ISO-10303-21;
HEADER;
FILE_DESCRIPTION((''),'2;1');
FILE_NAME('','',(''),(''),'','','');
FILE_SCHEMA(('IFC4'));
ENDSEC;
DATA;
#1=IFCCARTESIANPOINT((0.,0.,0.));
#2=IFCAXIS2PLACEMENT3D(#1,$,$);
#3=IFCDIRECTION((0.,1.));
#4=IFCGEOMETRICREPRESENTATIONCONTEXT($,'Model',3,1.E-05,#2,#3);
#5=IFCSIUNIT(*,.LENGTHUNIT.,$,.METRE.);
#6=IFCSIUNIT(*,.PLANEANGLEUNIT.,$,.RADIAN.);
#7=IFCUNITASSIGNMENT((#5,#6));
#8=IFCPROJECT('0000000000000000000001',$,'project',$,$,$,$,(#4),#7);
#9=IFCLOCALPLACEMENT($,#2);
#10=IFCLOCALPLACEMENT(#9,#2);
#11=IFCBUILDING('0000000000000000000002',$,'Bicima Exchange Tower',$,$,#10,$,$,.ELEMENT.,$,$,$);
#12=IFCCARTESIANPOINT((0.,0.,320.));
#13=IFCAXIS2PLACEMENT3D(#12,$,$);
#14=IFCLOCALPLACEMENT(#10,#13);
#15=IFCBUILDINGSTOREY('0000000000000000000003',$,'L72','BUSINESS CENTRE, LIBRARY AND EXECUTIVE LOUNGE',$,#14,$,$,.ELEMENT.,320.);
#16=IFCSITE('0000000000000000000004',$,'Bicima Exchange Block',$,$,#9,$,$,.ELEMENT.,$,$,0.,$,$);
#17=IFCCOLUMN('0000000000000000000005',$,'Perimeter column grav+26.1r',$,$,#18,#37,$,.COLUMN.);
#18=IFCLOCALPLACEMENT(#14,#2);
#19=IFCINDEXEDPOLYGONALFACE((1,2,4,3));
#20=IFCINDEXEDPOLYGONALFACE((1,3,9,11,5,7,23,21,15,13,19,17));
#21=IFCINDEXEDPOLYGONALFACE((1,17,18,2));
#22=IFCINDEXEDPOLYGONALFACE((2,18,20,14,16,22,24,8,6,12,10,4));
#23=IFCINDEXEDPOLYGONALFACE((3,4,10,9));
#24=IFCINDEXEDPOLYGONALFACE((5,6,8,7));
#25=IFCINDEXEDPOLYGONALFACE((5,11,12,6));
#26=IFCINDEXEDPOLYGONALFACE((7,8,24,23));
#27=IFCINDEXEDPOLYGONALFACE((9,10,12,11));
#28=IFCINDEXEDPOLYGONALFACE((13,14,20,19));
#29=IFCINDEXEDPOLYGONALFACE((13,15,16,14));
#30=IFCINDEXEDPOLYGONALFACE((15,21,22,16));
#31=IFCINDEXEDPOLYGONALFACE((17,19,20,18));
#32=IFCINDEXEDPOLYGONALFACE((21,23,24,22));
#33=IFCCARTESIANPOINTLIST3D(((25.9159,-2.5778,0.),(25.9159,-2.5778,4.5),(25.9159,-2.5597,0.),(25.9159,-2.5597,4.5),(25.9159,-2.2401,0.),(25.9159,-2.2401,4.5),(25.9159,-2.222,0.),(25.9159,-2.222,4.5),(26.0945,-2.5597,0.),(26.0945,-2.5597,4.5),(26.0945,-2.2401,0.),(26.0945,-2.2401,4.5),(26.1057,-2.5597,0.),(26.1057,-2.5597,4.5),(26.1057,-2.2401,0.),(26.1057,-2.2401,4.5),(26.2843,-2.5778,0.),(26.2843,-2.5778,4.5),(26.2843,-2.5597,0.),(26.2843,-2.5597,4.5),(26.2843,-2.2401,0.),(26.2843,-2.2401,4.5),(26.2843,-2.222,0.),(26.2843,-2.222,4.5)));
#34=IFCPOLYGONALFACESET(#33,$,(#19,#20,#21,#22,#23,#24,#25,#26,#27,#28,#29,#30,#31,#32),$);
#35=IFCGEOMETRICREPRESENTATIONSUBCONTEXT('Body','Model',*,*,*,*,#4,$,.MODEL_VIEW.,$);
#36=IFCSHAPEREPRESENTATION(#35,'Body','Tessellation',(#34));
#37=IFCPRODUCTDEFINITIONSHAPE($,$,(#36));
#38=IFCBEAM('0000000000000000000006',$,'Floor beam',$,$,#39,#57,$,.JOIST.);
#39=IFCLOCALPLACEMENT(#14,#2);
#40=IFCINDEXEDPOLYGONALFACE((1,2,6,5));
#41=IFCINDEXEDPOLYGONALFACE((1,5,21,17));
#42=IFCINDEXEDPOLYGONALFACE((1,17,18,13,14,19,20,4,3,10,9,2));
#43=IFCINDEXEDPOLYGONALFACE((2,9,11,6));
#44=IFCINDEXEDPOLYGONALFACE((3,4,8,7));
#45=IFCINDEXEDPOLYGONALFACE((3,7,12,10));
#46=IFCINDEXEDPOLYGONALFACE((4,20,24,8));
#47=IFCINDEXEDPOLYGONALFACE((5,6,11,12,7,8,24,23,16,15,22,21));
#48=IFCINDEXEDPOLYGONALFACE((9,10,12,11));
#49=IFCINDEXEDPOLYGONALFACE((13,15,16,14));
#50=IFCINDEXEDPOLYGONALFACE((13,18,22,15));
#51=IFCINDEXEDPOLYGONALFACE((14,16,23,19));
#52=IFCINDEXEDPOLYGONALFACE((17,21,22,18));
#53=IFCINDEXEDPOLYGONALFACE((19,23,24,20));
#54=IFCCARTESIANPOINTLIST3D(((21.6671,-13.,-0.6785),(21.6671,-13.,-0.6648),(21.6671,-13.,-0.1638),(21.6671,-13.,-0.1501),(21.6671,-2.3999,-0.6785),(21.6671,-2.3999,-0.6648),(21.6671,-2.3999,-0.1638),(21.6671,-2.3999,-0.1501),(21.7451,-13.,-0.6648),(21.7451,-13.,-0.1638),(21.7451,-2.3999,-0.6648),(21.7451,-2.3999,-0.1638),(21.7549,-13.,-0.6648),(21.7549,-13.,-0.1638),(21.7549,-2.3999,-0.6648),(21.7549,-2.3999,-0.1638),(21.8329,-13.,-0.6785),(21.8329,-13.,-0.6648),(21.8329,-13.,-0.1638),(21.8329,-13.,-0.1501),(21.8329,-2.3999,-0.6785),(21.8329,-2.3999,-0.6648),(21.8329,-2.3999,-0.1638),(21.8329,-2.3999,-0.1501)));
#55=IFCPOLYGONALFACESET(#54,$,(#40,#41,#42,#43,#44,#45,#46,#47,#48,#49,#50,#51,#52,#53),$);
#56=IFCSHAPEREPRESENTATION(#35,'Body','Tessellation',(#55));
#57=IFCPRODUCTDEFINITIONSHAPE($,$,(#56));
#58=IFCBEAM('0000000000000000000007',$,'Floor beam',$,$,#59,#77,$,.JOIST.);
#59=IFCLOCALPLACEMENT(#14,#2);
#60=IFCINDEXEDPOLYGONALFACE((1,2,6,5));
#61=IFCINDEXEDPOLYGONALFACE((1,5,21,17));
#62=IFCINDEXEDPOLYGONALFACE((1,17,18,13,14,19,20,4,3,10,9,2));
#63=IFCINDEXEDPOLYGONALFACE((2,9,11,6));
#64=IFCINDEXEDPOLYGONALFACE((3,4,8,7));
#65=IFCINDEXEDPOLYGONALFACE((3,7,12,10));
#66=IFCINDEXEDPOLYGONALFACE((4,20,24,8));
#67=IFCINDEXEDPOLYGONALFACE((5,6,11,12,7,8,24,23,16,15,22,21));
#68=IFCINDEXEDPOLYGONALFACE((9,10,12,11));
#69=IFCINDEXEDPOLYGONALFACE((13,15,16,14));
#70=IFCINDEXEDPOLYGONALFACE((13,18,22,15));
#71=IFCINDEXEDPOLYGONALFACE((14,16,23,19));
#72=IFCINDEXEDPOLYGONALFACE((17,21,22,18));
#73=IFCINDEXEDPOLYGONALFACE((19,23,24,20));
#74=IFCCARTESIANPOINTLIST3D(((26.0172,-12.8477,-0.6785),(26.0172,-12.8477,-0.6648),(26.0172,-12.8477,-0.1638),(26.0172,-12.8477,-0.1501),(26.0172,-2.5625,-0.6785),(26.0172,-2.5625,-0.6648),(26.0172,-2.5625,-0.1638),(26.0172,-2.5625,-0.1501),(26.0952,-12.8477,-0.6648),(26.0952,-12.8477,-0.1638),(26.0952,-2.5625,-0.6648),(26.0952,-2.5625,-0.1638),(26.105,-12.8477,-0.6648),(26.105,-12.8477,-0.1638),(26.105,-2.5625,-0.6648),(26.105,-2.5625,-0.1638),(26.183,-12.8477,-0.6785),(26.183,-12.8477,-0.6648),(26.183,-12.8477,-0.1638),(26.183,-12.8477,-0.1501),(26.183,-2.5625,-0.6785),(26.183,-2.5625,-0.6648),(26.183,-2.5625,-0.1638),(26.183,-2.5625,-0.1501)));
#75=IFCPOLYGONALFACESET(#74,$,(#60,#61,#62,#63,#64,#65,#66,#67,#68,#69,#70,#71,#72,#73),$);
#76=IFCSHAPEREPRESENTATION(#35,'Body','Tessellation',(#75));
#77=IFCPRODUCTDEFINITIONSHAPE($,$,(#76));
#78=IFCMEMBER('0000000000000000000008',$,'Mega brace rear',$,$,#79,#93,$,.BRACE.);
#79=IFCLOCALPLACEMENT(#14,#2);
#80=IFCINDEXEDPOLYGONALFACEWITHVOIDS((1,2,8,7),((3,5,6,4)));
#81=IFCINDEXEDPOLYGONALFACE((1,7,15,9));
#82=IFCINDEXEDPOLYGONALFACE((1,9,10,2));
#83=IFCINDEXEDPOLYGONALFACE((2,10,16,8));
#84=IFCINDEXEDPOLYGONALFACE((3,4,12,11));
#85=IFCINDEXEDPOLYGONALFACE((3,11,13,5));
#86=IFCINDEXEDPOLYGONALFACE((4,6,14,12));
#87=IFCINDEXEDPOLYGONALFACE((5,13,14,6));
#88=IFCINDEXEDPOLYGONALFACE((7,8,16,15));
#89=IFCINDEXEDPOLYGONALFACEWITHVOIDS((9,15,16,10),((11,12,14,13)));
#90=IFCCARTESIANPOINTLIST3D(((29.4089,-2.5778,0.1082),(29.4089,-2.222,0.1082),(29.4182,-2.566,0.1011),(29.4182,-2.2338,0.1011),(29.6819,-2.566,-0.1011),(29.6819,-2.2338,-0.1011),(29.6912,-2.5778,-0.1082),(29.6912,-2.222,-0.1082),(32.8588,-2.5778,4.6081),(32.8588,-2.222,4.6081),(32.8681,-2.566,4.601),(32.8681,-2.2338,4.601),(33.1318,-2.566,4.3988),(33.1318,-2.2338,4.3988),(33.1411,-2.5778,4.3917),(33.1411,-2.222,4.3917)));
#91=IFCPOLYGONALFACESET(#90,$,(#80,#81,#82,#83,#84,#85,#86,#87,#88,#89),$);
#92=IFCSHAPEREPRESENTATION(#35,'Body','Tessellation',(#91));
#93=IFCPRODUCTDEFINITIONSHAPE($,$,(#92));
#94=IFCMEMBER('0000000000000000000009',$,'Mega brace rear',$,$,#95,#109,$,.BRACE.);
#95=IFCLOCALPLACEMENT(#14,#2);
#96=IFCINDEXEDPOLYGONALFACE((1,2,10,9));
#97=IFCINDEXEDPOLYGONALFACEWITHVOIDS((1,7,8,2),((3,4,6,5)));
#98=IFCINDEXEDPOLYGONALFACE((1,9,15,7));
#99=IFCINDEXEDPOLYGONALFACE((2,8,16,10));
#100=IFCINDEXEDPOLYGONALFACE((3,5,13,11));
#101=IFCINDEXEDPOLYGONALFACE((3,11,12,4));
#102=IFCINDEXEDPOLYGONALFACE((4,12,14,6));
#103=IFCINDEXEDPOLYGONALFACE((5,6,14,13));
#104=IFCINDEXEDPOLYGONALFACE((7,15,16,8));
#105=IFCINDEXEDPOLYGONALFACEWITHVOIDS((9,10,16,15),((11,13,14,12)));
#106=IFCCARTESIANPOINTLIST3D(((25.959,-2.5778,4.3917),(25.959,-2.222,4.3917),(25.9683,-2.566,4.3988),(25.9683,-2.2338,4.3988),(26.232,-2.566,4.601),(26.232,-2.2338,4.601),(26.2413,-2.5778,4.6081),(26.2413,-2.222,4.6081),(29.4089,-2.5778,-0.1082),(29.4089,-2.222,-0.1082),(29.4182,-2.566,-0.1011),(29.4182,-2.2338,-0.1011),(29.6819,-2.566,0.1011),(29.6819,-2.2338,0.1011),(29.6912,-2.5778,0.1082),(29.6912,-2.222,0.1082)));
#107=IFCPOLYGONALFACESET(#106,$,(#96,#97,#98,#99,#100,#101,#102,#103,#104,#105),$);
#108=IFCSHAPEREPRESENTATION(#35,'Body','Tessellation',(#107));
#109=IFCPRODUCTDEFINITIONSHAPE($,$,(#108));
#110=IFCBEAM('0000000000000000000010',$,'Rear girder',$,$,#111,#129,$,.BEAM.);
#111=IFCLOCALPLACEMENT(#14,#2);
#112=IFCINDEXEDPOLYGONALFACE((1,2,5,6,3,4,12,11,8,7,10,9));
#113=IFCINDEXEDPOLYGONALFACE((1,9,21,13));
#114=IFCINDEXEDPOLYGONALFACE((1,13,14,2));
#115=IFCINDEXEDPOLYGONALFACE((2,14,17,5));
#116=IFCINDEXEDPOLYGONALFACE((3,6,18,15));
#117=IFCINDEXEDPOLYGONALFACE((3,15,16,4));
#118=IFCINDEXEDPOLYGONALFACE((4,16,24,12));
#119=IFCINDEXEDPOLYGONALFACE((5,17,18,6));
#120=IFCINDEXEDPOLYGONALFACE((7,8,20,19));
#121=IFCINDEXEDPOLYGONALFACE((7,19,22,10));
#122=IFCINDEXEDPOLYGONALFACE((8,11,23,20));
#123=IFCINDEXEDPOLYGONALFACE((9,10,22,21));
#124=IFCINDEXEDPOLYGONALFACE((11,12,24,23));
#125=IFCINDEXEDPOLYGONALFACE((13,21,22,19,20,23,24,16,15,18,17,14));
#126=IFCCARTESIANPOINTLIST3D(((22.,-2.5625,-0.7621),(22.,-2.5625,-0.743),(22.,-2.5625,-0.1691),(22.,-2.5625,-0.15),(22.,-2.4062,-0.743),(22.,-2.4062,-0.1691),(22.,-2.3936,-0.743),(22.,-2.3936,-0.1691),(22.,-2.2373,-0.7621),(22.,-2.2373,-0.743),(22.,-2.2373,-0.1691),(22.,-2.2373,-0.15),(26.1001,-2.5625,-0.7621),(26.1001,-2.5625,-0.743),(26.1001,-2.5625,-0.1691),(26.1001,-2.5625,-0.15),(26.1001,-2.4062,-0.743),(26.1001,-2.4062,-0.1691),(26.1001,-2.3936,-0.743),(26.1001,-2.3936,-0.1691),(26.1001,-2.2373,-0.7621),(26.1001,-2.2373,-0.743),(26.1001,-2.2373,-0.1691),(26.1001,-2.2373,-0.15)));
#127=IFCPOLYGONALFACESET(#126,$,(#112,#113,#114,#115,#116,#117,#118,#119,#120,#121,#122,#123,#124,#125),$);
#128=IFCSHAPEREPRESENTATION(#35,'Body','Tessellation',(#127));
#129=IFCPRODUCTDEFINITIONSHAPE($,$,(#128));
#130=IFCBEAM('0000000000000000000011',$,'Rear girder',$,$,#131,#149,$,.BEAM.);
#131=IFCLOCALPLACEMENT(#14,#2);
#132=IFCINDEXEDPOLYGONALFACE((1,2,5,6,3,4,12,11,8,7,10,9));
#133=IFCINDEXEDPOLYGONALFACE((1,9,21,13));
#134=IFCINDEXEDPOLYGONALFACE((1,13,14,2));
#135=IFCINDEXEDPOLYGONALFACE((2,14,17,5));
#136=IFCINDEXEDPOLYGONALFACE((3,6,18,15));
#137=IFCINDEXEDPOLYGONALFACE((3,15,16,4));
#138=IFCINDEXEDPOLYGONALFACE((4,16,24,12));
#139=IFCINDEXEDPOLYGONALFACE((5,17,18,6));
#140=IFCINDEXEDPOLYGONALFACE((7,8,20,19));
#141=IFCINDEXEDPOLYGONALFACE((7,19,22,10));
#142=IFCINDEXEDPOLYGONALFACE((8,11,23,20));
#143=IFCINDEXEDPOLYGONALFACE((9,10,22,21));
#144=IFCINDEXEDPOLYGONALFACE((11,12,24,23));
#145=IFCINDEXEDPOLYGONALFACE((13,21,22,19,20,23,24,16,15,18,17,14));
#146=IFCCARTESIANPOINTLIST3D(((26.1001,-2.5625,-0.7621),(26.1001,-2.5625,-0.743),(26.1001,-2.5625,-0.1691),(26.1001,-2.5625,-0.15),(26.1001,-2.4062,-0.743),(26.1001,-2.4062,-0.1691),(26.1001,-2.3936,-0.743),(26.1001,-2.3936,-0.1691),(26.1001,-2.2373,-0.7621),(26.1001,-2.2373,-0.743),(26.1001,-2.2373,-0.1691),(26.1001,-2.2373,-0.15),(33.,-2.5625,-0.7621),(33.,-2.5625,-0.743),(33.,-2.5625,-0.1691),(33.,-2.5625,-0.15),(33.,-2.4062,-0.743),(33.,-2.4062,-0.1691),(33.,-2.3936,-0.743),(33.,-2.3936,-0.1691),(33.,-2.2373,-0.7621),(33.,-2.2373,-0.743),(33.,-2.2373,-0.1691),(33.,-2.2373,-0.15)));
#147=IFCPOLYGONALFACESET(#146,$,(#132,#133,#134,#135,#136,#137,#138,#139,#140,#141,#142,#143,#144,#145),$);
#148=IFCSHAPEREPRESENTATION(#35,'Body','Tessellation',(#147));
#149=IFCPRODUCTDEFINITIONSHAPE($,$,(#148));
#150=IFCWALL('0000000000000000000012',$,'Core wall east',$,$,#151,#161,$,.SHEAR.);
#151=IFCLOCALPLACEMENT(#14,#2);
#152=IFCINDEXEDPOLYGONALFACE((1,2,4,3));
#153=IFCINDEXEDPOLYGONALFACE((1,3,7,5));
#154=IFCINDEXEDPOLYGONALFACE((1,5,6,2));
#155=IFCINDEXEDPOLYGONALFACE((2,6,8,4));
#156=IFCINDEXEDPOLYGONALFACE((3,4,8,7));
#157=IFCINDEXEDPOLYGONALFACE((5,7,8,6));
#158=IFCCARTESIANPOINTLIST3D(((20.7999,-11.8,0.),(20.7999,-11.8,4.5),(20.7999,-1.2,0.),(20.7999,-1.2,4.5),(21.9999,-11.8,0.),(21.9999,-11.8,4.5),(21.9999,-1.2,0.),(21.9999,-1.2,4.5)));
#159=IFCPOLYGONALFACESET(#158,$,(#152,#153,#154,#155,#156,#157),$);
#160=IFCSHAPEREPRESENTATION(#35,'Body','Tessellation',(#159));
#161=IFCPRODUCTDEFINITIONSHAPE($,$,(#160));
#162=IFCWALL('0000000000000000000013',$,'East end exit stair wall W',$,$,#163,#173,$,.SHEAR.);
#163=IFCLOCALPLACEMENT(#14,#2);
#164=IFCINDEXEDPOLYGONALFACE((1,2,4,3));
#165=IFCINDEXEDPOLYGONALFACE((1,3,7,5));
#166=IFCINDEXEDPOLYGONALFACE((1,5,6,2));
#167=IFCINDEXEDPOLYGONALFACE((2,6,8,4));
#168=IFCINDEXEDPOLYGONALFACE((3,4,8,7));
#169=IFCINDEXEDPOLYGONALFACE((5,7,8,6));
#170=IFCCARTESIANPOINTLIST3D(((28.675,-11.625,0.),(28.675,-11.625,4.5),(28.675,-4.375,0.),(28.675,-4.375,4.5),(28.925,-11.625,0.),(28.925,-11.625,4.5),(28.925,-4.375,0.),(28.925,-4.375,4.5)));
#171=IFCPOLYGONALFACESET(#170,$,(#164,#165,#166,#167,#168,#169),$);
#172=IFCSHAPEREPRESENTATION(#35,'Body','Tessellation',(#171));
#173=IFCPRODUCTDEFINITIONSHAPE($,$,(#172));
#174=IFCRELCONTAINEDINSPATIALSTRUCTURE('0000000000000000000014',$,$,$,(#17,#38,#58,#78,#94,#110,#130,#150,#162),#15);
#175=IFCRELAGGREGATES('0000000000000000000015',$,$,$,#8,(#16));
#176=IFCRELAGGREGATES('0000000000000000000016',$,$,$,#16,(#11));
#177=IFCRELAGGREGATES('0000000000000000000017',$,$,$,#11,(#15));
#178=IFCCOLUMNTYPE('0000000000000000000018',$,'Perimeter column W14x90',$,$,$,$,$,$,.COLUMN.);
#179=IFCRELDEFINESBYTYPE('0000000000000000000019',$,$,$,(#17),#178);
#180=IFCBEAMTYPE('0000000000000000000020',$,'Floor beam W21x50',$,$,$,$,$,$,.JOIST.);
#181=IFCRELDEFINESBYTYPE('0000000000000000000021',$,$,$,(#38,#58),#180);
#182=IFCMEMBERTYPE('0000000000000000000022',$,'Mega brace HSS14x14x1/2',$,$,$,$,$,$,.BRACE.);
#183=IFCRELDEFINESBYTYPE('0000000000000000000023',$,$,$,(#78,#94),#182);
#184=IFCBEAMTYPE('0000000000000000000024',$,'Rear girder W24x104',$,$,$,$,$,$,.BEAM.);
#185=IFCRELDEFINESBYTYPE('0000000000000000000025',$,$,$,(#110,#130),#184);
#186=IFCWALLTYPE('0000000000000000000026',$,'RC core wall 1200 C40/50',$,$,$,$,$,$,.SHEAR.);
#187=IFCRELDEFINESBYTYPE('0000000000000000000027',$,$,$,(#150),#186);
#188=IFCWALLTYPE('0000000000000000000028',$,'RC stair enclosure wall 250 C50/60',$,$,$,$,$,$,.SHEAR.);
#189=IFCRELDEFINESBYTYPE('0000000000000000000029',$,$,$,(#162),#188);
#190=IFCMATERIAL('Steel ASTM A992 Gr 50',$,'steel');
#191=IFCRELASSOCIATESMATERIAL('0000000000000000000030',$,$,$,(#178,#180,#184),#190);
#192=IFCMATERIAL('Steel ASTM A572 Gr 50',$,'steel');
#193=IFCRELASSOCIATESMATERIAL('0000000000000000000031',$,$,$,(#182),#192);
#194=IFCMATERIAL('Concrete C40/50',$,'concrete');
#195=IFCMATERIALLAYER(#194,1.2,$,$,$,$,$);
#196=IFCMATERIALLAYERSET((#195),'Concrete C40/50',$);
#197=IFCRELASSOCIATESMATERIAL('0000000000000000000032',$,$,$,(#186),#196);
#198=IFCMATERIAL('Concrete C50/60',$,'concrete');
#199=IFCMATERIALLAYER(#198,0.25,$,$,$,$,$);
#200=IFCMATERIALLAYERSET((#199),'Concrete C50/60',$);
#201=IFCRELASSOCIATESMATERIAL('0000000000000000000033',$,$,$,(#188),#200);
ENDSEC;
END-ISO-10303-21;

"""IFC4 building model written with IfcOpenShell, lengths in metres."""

from ifc_helpers import new_model, si_unit, direction, frame, frame_2d, origin, origin_2d, place, context, subcontext, project, spatial, rectangle, hollow_rectangle, i_section, extrude, material, layer, layer_set, material_profile, profile_set, type_object, element, save


model = new_model("IFC4")

# Units and contexts
model_context = context("Model", 3, precision=1e-05, world=origin(), true_north=direction((0.0, 1.0)))
body_context = subcontext(model_context, "Body", "Model", "MODEL_VIEW")
ifc_project = project(units=[si_unit("LENGTHUNIT", "METRE"), si_unit("PLANEANGLEUNIT", "RADIAN")], contexts=[model_context])

# Site, building, storey
site_placement = place(None, origin())
site = spatial("IfcSite", under=ifc_project, at=site_placement, Name="Bicima Exchange Block", CompositionType="ELEMENT", RefElevation=0.0)
building_placement = place(site_placement, origin())
building = spatial("IfcBuilding", under=site, at=building_placement, Name="Bicima Exchange Tower", CompositionType="ELEMENT")
storey_placement = place(building_placement, frame((0.0, 0.0, 320.0)))
storey = spatial("IfcBuildingStorey", under=building, at=storey_placement, Name="L72", Description="BUSINESS CENTRE, LIBRARY AND EXECUTIVE LOUNGE", CompositionType="ELEMENT", Elevation=320.0)

# Column
ifc_material_1 = material(Name="Steel ASTM A992 Gr 50", Category="steel")
ifc_material_profile_1 = material_profile(ifc_material_1, i_section(OverallWidth=0.3684, OverallDepth=0.3557, WebThickness=0.0112, FlangeThickness=0.0181, at=origin_2d()))
ifc_profile_set_1 = profile_set([ifc_material_profile_1], Name="Steel ASTM A992 Gr 50")
column_type = type_object("IfcColumnType", Name="Perimeter column W14x90", PredefinedType="COLUMN", material=ifc_profile_set_1)
column_placement = place(storey_placement, frame((26.1001, -2.3999, 0.0), z_axis=(0.0, 0.0, 1.0), x_axis=(1.0, 0.0, 0.0)))
element("IfcColumn", 1, at=column_placement, inside=storey, type_object=column_type, Name="Perimeter column grav+26.1r", PredefinedType="COLUMN", context=body_context, shape_type="SweptSolid", body=[
    extrude(i_section(OverallWidth=0.3684, OverallDepth=0.3557, WebThickness=0.0112, FlangeThickness=0.0181, at=origin_2d()), origin(), (0.0, 0.0, 1.0), 4.5),
])

# Beams
ifc_material_profile_2 = material_profile(ifc_material_1, i_section(OverallWidth=0.1658, OverallDepth=0.5283, WebThickness=0.0098, FlangeThickness=0.0137, at=origin_2d()))
ifc_profile_set_2 = profile_set([ifc_material_profile_2], Name="Steel ASTM A992 Gr 50")
beam_type_1 = type_object("IfcBeamType", Name="Floor beam W21x50", PredefinedType="JOIST", material=ifc_profile_set_2)
beam_1_placement = place(storey_placement, frame((21.75, -2.3999, -0.4143), z_axis=(0.0, -1.0, 0.0), x_axis=(1.0, 0.0, 0.0)))
element("IfcBeam", 2, at=beam_1_placement, inside=storey, type_object=beam_type_1, Name="Floor beam", PredefinedType="JOIST", context=body_context, shape_type="SweptSolid", body=[
    extrude(i_section(OverallWidth=0.1658, OverallDepth=0.5283, WebThickness=0.0098, FlangeThickness=0.0137, at=origin_2d()), origin(), (0.0, 0.0, 1.0), 10.6001),
])
beam_2_placement = place(storey_placement, frame((26.1001, -2.5625, -0.4143), z_axis=(0.0, -1.0, 0.0), x_axis=(1.0, 0.0, 0.0)))
element("IfcBeam", 3, at=beam_2_placement, inside=storey, type_object=beam_type_1, Name="Floor beam", PredefinedType="JOIST", context=body_context, shape_type="SweptSolid", body=[
    extrude(i_section(OverallWidth=0.1658, OverallDepth=0.5283, WebThickness=0.0098, FlangeThickness=0.0137, at=origin_2d()), origin(), (0.0, 0.0, 1.0), 10.2852),
])

# Members
ifc_material_2 = material(Name="Steel ASTM A572 Gr 50", Category="steel")
ifc_material_profile_3 = material_profile(ifc_material_2, hollow_rectangle(XDim=0.3557, YDim=0.3557, WallThickness=0.0117, at=origin_2d()))
ifc_profile_set_3 = profile_set([ifc_material_profile_3], Name="Steel ASTM A572 Gr 50")
member_type = type_object("IfcMemberType", Name="Mega brace HSS14x14x1/2", PredefinedType="BRACE", material=ifc_profile_set_3)
for number, where, z_axis, x_axis, name in (
    (4, (29.55, -2.3999, 0.0), (0.608426, 0.0, 0.793611), (0.0, 1.0, 0.0), "Mega brace rear"),
    (5, (29.55, -2.3999, 0.0), (-0.608426, 0.0, 0.793611), (0.0, -1.0, 0.0), "Mega brace rear"),
):
    element("IfcMember", number, at=place(storey_placement, frame(where, z_axis=z_axis, x_axis=x_axis)), inside=storey, type_object=member_type, Name=name, PredefinedType="BRACE", context=body_context, shape_type="SweptSolid", body=[
        extrude(hollow_rectangle(XDim=0.3557, YDim=0.3557, WallThickness=0.0117, at=origin_2d()), origin(), (0.0, 0.0, 1.0), 5.6702),
    ])

# Beams
ifc_material_profile_4 = material_profile(ifc_material_1, i_section(OverallWidth=0.3252, OverallDepth=0.6121, WebThickness=0.0127, FlangeThickness=0.019, at=origin_2d()))
ifc_profile_set_4 = profile_set([ifc_material_profile_4], Name="Steel ASTM A992 Gr 50")
beam_type_2 = type_object("IfcBeamType", Name="Rear girder W24x104", PredefinedType="BEAM", material=ifc_profile_set_4)
beam_3_placement = place(storey_placement, frame((22.0, -2.3999, -0.4561), z_axis=(1.0, 0.0, 0.0), x_axis=(0.0, 1.0, 0.0)))
element("IfcBeam", 6, at=beam_3_placement, inside=storey, type_object=beam_type_2, Name="Rear girder", PredefinedType="BEAM", context=body_context, shape_type="SweptSolid", body=[
    extrude(i_section(OverallWidth=0.3252, OverallDepth=0.6121, WebThickness=0.0127, FlangeThickness=0.019, at=origin_2d()), origin(), (0.0, 0.0, 1.0), 4.1001),
])
beam_4_placement = place(storey_placement, frame((26.1001, -2.3999, -0.4561), z_axis=(1.0, 0.0, 0.0), x_axis=(0.0, 1.0, 0.0)))
element("IfcBeam", 7, at=beam_4_placement, inside=storey, type_object=beam_type_2, Name="Rear girder", PredefinedType="BEAM", context=body_context, shape_type="SweptSolid", body=[
    extrude(i_section(OverallWidth=0.3252, OverallDepth=0.6121, WebThickness=0.0127, FlangeThickness=0.019, at=origin_2d()), origin(), (0.0, 0.0, 1.0), 6.8999),
])

# Walls
ifc_material_3 = material(Name="Concrete C40/50", Category="concrete")
ifc_layer_1 = layer(ifc_material_3, 1.2)
ifc_layer_set_1 = layer_set([ifc_layer_1], Name="Concrete C40/50")
wall_type_1 = type_object("IfcWallType", Name="RC core wall 1200 C40/50", PredefinedType="SHEAR", material=ifc_layer_set_1)
wall_1_placement = place(storey_placement, frame((21.3999, -11.8, 0.0), z_axis=(0.0, 0.0, 1.0), x_axis=(0.0, 1.0, 0.0)))
element("IfcWall", 8, at=wall_1_placement, inside=storey, type_object=wall_type_1, Name="Core wall east", PredefinedType="SHEAR", context=body_context, shape_type="SweptSolid", body=[
    extrude(rectangle(XDim=10.6001, YDim=1.2, at=frame_2d((5.3, 0.0))), origin(), (0.0, 0.0, 1.0), 4.5),
])
ifc_material_4 = material(Name="Concrete C50/60", Category="concrete")
ifc_layer_2 = layer(ifc_material_4, 0.25)
ifc_layer_set_2 = layer_set([ifc_layer_2], Name="Concrete C50/60")
wall_type_2 = type_object("IfcWallType", Name="RC stair enclosure wall 250 C50/60", PredefinedType="SHEAR", material=ifc_layer_set_2)
wall_2_placement = place(storey_placement, frame((28.8, -11.625, 0.0), z_axis=(0.0, 0.0, 1.0), x_axis=(0.0, 1.0, 0.0)))
element("IfcWall", 9, at=wall_2_placement, inside=storey, type_object=wall_type_2, Name="East end exit stair wall W", PredefinedType="SHEAR", context=body_context, shape_type="SweptSolid", body=[
    extrude(rectangle(XDim=7.25, YDim=0.25, at=frame_2d((3.625, 0.0))), origin(), (0.0, 0.0, 1.0), 4.5),
])

save(model, "model.ifc")
